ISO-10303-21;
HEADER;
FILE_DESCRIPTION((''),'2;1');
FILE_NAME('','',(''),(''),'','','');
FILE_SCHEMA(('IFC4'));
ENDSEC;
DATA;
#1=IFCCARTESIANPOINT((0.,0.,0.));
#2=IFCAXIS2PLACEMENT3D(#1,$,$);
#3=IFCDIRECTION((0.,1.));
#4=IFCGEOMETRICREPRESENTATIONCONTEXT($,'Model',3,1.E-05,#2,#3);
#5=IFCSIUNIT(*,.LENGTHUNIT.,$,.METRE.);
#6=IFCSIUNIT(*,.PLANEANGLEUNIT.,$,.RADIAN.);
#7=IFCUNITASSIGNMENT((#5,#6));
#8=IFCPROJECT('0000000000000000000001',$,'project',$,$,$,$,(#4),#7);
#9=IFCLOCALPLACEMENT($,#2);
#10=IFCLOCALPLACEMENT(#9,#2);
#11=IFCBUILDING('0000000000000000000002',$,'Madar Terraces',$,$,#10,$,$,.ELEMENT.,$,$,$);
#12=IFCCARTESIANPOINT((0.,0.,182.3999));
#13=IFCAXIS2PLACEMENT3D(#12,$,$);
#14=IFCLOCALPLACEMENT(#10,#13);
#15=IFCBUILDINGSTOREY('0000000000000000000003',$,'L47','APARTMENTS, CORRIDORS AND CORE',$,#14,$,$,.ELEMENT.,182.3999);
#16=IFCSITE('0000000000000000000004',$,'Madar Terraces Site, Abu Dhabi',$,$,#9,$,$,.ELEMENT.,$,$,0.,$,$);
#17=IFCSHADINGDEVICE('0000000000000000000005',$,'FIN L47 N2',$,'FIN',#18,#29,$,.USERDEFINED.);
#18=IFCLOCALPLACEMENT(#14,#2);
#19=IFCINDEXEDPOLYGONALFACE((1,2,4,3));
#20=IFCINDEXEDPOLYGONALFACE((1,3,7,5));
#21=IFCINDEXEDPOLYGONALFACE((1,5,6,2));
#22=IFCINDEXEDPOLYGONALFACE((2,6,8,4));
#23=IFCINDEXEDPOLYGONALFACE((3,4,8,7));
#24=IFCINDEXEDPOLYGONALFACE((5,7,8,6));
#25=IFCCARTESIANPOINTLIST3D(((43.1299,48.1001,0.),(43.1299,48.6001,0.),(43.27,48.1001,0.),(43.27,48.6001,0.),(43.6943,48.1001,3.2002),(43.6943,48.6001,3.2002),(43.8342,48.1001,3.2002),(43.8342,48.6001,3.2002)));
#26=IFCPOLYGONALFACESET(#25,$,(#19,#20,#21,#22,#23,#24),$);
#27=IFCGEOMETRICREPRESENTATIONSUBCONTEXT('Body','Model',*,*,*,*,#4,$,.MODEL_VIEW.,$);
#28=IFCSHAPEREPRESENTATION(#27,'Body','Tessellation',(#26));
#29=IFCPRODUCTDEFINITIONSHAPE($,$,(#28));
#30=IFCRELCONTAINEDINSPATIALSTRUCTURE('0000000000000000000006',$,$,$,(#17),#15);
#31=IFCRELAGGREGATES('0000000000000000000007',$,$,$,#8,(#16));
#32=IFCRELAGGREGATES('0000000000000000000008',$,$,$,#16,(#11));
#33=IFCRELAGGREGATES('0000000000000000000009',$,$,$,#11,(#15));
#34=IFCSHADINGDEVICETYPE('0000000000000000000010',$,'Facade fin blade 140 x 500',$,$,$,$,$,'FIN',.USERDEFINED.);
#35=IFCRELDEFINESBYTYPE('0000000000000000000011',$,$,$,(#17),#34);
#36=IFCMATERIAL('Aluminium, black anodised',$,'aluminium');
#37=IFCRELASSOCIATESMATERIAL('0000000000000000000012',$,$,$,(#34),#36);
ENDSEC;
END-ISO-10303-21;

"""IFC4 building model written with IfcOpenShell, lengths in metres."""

from ifc_helpers import new_model, si_unit, direction, frame, origin, place, context, subcontext, project, spatial, polyline, outline, extrude, material, type_object, element, save


model = new_model("IFC4")

# Units and contexts
model_context = context("Model", 3, precision=1e-05, world=origin(), true_north=direction((0.0, 1.0)))
body_context = subcontext(model_context, "Body", "Model", "MODEL_VIEW")
ifc_project = project(units=[si_unit("LENGTHUNIT", "METRE"), si_unit("PLANEANGLEUNIT", "RADIAN")], contexts=[model_context])

# Site, building, storey
site_placement = place(None, origin())
site = spatial("IfcSite", under=ifc_project, at=site_placement, Name="Madar Terraces Site, Abu Dhabi", CompositionType="ELEMENT", RefElevation=0.0)
building_placement = place(site_placement, origin())
building = spatial("IfcBuilding", under=site, at=building_placement, Name="Madar Terraces", CompositionType="ELEMENT")
storey_placement = place(building_placement, frame((0.0, 0.0, 182.3999)))
storey = spatial("IfcBuildingStorey", under=building, at=storey_placement, Name="L47", Description="APARTMENTS, CORRIDORS AND CORE", CompositionType="ELEMENT", Elevation=182.3999)

# Shading device
ifc_material_1 = material(Name="Aluminium, black anodised", Category="aluminium")
shading_device_type = type_object("IfcShadingDeviceType", Name="Facade fin blade 140 x 500", ElementType="FIN", PredefinedType="USERDEFINED", material=ifc_material_1)
shading_device_placement = place(storey_placement, frame((43.27, 48.3501, 0.0), z_axis=(0.0, 0.0, 1.0), x_axis=(-1.0, 0.0, 0.0)))
element("IfcShadingDevice", 1, at=shading_device_placement, inside=storey, type_object=shading_device_type, Name="FIN L47 N2", ObjectType="FIN", PredefinedType="USERDEFINED", context=body_context, shape_type="SweptSolid", body=[
    extrude(outline(polyline([(0.0, 0.0), (0.1401, 0.0), (-0.4243, 3.2002), (-0.5642, 3.2002), (0.0, 0.0)])), frame((0.0, 0.25, 0.0), z_axis=(0.0, -1.0, 0.0), x_axis=(1.0, 0.0, 0.0)), (0.0, 0.0, 1.0), 0.5),
])

save(model, "model.ifc")
